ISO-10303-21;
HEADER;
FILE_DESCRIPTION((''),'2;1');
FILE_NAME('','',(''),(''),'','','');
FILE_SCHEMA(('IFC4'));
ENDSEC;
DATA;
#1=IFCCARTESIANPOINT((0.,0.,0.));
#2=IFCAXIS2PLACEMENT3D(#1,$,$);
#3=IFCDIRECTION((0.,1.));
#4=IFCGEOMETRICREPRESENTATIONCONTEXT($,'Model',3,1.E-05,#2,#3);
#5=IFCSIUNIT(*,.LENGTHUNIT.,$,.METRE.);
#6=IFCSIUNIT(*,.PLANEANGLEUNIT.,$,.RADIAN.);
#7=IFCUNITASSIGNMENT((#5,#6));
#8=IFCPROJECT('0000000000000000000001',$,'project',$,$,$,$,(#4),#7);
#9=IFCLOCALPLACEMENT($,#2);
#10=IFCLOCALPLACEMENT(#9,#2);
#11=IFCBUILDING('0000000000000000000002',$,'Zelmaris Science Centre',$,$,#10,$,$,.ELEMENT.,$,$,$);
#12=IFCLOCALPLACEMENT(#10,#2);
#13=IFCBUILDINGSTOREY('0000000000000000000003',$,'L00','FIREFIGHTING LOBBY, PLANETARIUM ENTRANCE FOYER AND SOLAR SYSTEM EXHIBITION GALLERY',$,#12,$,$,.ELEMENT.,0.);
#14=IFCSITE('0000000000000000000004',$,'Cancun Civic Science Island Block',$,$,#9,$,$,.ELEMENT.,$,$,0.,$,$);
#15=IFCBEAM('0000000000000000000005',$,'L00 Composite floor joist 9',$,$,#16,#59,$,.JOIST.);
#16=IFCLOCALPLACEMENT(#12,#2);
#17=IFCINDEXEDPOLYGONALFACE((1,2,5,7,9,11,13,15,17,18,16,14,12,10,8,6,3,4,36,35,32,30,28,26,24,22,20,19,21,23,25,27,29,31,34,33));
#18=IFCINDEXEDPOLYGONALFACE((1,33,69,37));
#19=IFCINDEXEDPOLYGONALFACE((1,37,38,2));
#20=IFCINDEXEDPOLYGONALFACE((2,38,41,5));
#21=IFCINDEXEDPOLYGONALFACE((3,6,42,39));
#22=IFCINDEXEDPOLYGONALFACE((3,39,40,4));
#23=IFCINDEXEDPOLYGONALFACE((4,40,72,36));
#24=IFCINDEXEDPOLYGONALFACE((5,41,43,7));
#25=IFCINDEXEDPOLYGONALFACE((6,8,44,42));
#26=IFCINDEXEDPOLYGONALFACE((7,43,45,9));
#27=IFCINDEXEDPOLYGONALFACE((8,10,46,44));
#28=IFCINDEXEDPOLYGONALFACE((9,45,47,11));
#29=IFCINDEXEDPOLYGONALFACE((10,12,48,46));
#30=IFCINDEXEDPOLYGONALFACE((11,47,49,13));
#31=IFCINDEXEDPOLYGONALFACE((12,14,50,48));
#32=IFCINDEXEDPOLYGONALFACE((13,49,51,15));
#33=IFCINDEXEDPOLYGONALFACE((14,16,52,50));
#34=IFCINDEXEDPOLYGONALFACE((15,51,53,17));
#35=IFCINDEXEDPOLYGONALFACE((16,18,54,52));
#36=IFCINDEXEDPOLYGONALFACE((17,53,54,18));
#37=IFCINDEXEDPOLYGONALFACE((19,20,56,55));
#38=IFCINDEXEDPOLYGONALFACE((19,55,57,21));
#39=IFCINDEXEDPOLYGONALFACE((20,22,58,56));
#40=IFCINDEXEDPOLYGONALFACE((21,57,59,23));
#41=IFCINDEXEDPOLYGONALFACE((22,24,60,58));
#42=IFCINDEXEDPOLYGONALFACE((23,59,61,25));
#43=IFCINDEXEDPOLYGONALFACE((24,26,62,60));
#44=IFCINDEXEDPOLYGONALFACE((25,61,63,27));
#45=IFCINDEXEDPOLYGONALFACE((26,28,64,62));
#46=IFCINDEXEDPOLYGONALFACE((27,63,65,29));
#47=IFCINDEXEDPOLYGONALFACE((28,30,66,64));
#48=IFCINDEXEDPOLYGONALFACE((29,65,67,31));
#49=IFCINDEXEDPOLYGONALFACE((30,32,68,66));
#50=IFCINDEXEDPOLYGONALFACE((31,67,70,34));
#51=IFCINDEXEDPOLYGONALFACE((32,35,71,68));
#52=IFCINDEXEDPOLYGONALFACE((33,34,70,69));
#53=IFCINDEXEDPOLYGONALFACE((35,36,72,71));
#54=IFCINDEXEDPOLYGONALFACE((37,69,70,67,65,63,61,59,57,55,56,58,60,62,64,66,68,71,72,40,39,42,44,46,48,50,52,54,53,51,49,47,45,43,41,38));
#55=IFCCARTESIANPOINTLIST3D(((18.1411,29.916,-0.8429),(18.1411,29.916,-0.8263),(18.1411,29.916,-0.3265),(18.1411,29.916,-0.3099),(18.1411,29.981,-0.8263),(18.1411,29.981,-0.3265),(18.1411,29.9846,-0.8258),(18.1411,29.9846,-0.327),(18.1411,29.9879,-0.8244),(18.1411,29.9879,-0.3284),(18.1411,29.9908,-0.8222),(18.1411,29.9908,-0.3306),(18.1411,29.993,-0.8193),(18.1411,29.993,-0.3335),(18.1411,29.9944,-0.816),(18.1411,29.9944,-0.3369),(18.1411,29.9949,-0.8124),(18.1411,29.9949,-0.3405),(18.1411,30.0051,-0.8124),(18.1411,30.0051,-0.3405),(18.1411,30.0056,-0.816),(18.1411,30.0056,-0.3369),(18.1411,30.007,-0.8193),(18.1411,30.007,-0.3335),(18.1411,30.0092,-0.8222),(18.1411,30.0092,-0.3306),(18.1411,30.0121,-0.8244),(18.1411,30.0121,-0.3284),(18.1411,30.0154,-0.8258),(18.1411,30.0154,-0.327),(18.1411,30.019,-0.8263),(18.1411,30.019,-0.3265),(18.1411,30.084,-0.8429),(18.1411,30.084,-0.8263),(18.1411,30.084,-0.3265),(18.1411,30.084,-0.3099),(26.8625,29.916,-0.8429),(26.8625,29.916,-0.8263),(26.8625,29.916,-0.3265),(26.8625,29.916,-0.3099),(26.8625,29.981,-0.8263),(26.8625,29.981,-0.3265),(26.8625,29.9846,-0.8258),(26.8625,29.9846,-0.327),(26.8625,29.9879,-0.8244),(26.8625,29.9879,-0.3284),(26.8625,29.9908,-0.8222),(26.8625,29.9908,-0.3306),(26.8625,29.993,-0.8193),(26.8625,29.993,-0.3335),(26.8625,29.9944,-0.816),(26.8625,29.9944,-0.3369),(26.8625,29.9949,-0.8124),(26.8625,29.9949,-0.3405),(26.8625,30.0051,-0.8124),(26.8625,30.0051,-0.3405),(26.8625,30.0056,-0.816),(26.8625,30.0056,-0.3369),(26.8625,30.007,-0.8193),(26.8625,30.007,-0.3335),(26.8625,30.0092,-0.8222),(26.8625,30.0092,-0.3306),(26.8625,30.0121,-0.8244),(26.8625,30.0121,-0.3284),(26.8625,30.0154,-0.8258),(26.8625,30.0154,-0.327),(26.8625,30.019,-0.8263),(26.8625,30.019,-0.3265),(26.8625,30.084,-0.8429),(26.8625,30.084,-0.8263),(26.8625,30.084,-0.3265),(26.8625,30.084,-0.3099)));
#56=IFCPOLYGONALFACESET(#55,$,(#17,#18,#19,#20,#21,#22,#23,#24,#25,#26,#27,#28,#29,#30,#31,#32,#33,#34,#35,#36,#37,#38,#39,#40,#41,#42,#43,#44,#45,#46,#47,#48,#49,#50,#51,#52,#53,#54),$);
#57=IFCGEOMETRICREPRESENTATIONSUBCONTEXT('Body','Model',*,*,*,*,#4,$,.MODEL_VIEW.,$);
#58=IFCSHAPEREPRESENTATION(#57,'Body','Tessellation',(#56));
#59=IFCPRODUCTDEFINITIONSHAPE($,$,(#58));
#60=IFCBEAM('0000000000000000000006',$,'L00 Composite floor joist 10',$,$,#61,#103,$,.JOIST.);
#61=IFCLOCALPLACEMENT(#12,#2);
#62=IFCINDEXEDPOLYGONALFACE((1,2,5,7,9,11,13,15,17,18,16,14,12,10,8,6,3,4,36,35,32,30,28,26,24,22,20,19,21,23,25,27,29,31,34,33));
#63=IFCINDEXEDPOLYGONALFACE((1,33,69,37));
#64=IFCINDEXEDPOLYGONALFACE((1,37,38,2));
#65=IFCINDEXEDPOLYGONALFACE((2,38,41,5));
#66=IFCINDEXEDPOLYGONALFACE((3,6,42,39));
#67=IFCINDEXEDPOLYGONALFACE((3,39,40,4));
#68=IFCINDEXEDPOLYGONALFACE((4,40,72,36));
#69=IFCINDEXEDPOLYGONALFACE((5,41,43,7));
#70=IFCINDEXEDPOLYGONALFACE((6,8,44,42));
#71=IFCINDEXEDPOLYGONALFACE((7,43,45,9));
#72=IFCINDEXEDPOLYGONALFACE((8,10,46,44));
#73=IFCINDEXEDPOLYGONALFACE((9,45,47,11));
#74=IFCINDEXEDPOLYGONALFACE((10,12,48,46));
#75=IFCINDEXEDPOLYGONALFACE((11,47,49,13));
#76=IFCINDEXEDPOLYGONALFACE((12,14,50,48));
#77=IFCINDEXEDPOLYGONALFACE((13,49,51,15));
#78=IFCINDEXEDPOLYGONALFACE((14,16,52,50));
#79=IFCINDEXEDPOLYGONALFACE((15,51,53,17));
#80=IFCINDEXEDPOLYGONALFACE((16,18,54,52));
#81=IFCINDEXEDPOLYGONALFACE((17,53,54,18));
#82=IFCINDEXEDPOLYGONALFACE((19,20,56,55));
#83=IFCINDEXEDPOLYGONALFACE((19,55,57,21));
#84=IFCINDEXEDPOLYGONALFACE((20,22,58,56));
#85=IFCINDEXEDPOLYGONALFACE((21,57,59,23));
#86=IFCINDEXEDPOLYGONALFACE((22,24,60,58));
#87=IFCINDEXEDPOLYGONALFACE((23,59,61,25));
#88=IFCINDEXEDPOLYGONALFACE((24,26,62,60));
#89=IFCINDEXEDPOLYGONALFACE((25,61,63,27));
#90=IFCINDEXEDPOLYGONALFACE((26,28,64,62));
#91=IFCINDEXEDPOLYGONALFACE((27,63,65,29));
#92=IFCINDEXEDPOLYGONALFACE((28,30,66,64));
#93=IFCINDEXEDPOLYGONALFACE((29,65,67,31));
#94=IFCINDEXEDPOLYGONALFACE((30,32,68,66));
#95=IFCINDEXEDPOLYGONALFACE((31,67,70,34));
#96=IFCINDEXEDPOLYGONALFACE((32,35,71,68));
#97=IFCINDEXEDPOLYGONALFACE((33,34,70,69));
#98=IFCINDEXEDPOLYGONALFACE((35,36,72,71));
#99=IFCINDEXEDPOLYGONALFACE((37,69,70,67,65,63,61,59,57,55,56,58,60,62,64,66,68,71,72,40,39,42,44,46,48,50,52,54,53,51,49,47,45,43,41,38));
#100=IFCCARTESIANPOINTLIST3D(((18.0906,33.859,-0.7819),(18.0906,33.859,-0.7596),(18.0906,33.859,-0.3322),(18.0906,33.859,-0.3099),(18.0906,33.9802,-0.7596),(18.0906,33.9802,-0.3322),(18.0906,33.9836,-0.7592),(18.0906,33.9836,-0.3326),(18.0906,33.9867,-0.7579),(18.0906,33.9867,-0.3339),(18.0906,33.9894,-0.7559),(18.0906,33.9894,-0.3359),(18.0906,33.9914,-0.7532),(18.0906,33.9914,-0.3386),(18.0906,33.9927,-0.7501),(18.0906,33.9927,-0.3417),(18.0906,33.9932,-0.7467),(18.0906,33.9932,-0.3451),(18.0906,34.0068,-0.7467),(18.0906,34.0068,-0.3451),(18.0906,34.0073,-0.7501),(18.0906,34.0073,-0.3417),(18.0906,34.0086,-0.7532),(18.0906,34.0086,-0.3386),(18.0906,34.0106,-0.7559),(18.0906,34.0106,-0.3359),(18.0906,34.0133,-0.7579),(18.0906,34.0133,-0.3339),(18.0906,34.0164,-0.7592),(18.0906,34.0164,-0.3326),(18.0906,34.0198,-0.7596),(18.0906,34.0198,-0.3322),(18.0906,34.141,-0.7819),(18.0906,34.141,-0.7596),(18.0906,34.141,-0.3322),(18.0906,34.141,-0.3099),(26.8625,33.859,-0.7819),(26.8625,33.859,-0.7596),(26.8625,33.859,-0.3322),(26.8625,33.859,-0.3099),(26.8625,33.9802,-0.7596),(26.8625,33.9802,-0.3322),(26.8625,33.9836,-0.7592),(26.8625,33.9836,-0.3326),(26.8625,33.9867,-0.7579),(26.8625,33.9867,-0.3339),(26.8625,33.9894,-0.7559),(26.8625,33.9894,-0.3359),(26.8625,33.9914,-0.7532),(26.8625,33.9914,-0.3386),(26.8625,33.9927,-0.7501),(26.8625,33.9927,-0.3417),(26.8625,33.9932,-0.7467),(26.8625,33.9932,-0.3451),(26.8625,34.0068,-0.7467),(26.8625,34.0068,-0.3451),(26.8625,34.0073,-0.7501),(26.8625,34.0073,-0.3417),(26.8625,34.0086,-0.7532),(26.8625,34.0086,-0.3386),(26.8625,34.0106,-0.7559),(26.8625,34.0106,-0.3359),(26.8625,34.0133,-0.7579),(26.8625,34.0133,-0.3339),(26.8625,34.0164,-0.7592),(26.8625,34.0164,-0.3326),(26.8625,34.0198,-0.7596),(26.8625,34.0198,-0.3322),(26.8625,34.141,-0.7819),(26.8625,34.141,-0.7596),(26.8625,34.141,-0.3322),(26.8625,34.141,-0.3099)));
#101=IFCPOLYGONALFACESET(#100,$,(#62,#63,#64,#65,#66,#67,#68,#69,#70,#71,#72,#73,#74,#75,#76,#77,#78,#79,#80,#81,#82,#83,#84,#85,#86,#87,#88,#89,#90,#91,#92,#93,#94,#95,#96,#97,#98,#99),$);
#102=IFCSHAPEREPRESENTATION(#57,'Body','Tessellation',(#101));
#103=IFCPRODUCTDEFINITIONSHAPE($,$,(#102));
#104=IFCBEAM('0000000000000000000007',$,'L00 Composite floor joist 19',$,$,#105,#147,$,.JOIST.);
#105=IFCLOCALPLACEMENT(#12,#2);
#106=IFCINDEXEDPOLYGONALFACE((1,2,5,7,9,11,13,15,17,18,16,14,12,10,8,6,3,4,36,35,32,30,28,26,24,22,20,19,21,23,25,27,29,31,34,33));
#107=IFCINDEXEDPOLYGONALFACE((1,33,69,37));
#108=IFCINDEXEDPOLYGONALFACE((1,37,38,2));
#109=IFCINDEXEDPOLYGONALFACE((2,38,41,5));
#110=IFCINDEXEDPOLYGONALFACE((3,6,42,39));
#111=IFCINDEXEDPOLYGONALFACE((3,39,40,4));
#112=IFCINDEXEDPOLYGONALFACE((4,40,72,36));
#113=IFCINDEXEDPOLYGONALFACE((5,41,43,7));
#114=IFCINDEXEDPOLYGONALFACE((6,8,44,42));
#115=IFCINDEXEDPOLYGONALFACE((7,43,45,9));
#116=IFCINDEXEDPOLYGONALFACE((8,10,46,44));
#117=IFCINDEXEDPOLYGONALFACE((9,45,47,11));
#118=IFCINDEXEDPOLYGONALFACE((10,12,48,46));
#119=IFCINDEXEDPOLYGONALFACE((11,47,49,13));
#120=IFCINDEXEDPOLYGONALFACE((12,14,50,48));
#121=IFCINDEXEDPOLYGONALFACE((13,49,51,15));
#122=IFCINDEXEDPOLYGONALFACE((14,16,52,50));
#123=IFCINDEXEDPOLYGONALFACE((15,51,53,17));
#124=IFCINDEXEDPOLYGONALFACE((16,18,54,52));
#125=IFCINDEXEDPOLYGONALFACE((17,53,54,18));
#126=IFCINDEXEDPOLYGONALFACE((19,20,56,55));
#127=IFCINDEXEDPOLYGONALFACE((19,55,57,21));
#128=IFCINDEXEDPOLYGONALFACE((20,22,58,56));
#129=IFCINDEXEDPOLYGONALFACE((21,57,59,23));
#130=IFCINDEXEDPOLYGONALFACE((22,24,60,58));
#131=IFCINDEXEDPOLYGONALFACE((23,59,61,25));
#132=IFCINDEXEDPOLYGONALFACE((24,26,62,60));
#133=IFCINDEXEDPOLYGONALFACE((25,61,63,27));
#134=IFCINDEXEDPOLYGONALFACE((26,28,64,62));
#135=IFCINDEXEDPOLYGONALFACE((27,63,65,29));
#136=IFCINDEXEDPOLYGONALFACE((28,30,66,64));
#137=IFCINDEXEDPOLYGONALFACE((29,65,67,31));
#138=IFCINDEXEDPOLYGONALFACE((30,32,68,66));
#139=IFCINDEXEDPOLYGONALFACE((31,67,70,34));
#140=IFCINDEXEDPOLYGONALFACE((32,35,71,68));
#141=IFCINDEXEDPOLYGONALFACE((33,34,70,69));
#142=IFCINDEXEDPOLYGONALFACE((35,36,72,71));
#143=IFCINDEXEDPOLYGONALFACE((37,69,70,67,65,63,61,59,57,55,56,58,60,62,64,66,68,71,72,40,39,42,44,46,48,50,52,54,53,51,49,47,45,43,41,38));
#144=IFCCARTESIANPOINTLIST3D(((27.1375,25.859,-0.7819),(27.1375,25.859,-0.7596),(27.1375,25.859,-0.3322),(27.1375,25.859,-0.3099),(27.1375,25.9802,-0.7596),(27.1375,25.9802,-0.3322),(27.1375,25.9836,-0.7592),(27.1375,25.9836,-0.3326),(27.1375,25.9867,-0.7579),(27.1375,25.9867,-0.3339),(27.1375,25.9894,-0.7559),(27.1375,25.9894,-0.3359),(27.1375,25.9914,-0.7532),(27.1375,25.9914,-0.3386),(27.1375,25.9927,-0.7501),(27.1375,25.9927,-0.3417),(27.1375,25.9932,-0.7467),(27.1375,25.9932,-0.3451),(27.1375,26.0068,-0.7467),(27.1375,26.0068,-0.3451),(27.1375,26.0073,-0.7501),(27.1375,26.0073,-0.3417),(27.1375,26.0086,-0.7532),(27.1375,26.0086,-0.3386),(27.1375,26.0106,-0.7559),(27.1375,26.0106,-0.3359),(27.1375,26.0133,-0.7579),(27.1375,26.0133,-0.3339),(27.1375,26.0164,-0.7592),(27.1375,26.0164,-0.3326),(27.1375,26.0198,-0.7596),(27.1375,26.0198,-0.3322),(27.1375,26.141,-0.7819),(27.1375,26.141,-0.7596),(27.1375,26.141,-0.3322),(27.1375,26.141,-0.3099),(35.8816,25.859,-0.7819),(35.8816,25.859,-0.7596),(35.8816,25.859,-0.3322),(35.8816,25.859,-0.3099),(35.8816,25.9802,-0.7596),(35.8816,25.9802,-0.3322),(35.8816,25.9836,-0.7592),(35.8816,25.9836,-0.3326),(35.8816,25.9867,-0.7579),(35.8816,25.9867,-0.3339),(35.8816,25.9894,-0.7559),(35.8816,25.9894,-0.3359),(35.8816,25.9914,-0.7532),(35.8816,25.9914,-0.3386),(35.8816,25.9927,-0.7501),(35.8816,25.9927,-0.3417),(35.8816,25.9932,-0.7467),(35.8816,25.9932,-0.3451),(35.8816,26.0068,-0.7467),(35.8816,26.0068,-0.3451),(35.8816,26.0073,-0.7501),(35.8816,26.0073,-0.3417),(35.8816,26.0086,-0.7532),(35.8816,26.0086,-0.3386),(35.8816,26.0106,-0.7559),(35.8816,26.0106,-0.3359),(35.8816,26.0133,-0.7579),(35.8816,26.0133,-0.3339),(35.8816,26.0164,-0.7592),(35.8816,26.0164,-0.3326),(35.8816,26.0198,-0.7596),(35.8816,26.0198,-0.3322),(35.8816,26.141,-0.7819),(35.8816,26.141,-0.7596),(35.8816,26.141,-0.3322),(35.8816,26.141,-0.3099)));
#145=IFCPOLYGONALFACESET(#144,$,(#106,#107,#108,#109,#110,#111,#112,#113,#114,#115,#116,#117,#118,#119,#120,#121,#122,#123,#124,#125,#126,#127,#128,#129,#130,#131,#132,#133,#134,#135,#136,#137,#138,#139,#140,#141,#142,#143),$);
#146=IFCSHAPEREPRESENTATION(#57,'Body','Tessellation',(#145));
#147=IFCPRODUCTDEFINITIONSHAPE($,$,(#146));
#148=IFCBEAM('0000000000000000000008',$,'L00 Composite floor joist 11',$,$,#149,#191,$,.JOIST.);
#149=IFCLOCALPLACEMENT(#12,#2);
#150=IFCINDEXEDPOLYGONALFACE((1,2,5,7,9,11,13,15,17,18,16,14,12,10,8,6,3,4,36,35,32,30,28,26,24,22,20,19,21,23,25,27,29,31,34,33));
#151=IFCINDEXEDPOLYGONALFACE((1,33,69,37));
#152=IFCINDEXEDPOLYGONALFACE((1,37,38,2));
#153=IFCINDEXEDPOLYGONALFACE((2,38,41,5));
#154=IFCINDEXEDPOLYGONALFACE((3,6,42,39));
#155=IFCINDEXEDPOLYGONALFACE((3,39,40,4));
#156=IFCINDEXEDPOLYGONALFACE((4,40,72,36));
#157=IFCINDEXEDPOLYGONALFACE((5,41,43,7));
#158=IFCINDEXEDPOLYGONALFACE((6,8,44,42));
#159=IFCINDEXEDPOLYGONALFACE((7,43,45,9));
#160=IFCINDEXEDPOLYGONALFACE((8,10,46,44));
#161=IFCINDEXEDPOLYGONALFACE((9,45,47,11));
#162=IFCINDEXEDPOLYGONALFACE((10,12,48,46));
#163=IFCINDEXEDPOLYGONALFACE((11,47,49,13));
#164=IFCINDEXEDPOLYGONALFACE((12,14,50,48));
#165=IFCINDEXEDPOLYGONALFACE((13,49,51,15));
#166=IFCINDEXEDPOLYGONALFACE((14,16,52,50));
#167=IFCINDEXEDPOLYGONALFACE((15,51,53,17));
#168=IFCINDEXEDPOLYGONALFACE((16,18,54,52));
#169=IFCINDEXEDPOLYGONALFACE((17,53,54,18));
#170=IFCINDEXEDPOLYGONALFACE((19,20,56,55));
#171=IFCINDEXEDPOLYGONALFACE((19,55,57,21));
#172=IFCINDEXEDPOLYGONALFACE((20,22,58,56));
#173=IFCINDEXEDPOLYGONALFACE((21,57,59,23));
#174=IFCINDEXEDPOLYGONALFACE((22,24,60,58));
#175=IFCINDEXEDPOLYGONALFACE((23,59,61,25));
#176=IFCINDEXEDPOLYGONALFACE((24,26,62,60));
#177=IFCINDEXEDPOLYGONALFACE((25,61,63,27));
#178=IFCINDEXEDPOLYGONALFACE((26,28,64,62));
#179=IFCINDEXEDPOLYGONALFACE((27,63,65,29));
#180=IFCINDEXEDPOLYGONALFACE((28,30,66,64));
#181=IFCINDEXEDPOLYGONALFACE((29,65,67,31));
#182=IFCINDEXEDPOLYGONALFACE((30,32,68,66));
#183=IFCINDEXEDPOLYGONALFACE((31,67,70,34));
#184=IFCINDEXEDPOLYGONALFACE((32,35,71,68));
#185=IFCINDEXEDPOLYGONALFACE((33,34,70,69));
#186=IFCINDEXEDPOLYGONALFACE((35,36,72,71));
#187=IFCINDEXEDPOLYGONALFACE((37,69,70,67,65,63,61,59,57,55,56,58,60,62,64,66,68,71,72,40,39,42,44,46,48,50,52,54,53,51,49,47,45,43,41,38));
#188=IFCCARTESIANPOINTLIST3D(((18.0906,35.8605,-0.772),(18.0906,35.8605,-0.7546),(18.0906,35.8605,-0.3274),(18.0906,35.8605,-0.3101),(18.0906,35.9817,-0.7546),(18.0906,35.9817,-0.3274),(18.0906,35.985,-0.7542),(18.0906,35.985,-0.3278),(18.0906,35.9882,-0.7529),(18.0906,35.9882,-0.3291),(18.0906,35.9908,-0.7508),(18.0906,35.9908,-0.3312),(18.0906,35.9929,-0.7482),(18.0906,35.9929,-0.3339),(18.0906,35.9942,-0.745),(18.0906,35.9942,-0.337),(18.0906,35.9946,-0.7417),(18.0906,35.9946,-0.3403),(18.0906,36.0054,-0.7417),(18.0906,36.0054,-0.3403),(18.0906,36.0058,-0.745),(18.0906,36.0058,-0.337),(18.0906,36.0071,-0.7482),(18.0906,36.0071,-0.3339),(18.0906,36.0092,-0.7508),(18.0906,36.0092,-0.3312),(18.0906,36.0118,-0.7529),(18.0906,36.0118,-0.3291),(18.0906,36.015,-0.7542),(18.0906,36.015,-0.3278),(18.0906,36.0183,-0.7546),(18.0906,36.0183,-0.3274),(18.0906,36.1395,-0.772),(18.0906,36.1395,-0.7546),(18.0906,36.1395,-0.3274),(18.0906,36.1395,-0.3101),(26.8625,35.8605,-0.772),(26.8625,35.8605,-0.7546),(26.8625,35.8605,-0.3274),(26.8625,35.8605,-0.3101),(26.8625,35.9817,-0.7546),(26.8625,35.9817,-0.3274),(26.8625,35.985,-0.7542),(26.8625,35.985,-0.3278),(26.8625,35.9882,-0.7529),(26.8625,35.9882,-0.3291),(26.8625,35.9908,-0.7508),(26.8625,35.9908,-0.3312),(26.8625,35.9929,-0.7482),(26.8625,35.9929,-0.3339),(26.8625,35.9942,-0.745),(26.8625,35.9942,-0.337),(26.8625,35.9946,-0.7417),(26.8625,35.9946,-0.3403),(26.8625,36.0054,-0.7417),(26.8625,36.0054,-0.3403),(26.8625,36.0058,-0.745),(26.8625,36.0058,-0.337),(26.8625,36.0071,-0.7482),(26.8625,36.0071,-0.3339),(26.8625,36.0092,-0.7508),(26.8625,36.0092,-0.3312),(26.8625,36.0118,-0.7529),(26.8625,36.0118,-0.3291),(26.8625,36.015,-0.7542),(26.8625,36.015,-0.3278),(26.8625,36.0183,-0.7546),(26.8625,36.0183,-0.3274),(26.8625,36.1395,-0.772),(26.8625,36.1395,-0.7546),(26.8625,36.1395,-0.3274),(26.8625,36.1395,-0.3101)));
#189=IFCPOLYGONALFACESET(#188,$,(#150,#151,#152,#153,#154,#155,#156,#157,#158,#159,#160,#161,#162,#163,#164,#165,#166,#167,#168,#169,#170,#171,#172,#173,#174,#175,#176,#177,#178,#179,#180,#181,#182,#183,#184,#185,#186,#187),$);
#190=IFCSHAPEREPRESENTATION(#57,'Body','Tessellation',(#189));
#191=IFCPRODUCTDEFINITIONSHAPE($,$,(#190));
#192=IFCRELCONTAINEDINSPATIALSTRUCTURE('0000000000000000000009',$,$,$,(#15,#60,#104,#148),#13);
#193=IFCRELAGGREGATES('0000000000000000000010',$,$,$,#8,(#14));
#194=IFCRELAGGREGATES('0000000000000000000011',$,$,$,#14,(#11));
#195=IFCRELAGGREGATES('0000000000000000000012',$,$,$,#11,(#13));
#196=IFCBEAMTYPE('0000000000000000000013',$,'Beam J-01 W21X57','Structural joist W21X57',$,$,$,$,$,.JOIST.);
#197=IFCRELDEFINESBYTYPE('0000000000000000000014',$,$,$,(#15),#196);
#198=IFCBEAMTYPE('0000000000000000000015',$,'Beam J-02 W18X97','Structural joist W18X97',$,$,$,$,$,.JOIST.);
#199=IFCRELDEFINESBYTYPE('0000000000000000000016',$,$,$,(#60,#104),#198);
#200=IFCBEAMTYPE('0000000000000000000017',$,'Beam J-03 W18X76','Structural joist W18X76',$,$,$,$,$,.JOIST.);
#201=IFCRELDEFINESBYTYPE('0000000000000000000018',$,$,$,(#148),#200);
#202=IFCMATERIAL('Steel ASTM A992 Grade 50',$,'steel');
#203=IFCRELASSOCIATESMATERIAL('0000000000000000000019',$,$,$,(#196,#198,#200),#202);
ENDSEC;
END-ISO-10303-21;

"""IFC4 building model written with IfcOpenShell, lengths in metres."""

from ifc_helpers import new_model, si_unit, direction, frame, origin, origin_2d, place, context, subcontext, project, spatial, i_section, extrude, material, material_profile, profile_set, type_object, element, save


model = new_model("IFC4")

# Units and contexts
model_context = context("Model", 3, precision=1e-05, world=origin(), true_north=direction((0.0, 1.0)))
body_context = subcontext(model_context, "Body", "Model", "MODEL_VIEW")
ifc_project = project(units=[si_unit("LENGTHUNIT", "METRE"), si_unit("PLANEANGLEUNIT", "RADIAN")], contexts=[model_context])

# Site, building, storey
site_placement = place(None, origin())
site = spatial("IfcSite", under=ifc_project, at=site_placement, Name="Cancun Civic Science Island Block", CompositionType="ELEMENT", RefElevation=0.0)
building_placement = place(site_placement, origin())
building = spatial("IfcBuilding", under=site, at=building_placement, Name="Zelmaris Science Centre", CompositionType="ELEMENT")
storey_placement = place(building_placement, origin())
storey = spatial("IfcBuildingStorey", under=building, at=storey_placement, Name="L00", Description="FIREFIGHTING LOBBY, PLANETARIUM ENTRANCE FOYER AND SOLAR SYSTEM EXHIBITION GALLERY", CompositionType="ELEMENT", Elevation=0.0)

# Shared definitions
ifc_material_1 = material(Name="Steel ASTM A992 Grade 50", Category="steel")

# Beams
ifc_material_profile_1 = material_profile(ifc_material_1, i_section(OverallWidth=0.168, OverallDepth=0.533, WebThickness=0.0103, FlangeThickness=0.0166, FilletRadius=0.0139, at=origin_2d()), Name="W21X57")
ifc_profile_set_1 = profile_set([ifc_material_profile_1], Name="Steel ASTM A992 Grade 50")
beam_type_1 = type_object("IfcBeamType", Name="Beam J-01 W21X57", Description="Structural joist W21X57", PredefinedType="JOIST", material=ifc_profile_set_1)
beam_1_placement = place(storey_placement, frame((18.1411, 30.0, -0.5764), z_axis=(1.0, 0.0, 0.0), x_axis=(0.0, 1.0, 0.0)))
element("IfcBeam", 1, at=beam_1_placement, inside=storey, type_object=beam_type_1, Name="L00 Composite floor joist 9", PredefinedType="JOIST", context=body_context, shape_type="SweptSolid", body=[
    extrude(i_section(OverallWidth=0.168, OverallDepth=0.533, WebThickness=0.0103, FlangeThickness=0.0166, FilletRadius=0.0139, at=origin_2d()), origin(), (0.0, 0.0, 1.0), 8.7214),
])
ifc_material_profile_2 = material_profile(ifc_material_1, i_section(OverallWidth=0.282, OverallDepth=0.4719, WebThickness=0.0137, FlangeThickness=0.0222, FilletRadius=0.0129, at=origin_2d()), Name="W18X97")
ifc_profile_set_2 = profile_set([ifc_material_profile_2], Name="Steel ASTM A992 Grade 50")
beam_type_2 = type_object("IfcBeamType", Name="Beam J-02 W18X97", Description="Structural joist W18X97", PredefinedType="JOIST", material=ifc_profile_set_2)
beam_2_placement = place(storey_placement, frame((18.0906, 34.0, -0.5459), z_axis=(1.0, 0.0, 0.0), x_axis=(0.0, 1.0, 0.0)))
element("IfcBeam", 2, at=beam_2_placement, inside=storey, type_object=beam_type_2, Name="L00 Composite floor joist 10", PredefinedType="JOIST", context=body_context, shape_type="SweptSolid", body=[
    extrude(i_section(OverallWidth=0.282, OverallDepth=0.4719, WebThickness=0.0137, FlangeThickness=0.0222, FilletRadius=0.0129, at=origin_2d()), origin(), (0.0, 0.0, 1.0), 8.772),
])
beam_3_placement = place(storey_placement, frame((27.1375, 26.0, -0.5459), z_axis=(1.0, 0.0, 0.0), x_axis=(0.0, 1.0, 0.0)))
element("IfcBeam", 3, at=beam_3_placement, inside=storey, type_object=beam_type_2, Name="L00 Composite floor joist 19", PredefinedType="JOIST", context=body_context, shape_type="SweptSolid", body=[
    extrude(i_section(OverallWidth=0.282, OverallDepth=0.4719, WebThickness=0.0137, FlangeThickness=0.0222, FilletRadius=0.0129, at=origin_2d()), origin(), (0.0, 0.0, 1.0), 8.7441),
])
ifc_material_profile_3 = material_profile(ifc_material_1, i_section(OverallWidth=0.2791, OverallDepth=0.4619, WebThickness=0.0107, FlangeThickness=0.0173, FilletRadius=0.0129, at=origin_2d()), Name="W18X76")
ifc_profile_set_3 = profile_set([ifc_material_profile_3], Name="Steel ASTM A992 Grade 50")
beam_type_3 = type_object("IfcBeamType", Name="Beam J-03 W18X76", Description="Structural joist W18X76", PredefinedType="JOIST", material=ifc_profile_set_3)
beam_4_placement = place(storey_placement, frame((18.0906, 36.0, -0.541), z_axis=(1.0, 0.0, 0.0), x_axis=(0.0, 1.0, 0.0)))
element("IfcBeam", 4, at=beam_4_placement, inside=storey, type_object=beam_type_3, Name="L00 Composite floor joist 11", PredefinedType="JOIST", context=body_context, shape_type="SweptSolid", body=[
    extrude(i_section(OverallWidth=0.2791, OverallDepth=0.4619, WebThickness=0.0107, FlangeThickness=0.0173, FilletRadius=0.0129, at=origin_2d()), origin(), (0.0, 0.0, 1.0), 8.772),
])

save(model, "model.ifc")
